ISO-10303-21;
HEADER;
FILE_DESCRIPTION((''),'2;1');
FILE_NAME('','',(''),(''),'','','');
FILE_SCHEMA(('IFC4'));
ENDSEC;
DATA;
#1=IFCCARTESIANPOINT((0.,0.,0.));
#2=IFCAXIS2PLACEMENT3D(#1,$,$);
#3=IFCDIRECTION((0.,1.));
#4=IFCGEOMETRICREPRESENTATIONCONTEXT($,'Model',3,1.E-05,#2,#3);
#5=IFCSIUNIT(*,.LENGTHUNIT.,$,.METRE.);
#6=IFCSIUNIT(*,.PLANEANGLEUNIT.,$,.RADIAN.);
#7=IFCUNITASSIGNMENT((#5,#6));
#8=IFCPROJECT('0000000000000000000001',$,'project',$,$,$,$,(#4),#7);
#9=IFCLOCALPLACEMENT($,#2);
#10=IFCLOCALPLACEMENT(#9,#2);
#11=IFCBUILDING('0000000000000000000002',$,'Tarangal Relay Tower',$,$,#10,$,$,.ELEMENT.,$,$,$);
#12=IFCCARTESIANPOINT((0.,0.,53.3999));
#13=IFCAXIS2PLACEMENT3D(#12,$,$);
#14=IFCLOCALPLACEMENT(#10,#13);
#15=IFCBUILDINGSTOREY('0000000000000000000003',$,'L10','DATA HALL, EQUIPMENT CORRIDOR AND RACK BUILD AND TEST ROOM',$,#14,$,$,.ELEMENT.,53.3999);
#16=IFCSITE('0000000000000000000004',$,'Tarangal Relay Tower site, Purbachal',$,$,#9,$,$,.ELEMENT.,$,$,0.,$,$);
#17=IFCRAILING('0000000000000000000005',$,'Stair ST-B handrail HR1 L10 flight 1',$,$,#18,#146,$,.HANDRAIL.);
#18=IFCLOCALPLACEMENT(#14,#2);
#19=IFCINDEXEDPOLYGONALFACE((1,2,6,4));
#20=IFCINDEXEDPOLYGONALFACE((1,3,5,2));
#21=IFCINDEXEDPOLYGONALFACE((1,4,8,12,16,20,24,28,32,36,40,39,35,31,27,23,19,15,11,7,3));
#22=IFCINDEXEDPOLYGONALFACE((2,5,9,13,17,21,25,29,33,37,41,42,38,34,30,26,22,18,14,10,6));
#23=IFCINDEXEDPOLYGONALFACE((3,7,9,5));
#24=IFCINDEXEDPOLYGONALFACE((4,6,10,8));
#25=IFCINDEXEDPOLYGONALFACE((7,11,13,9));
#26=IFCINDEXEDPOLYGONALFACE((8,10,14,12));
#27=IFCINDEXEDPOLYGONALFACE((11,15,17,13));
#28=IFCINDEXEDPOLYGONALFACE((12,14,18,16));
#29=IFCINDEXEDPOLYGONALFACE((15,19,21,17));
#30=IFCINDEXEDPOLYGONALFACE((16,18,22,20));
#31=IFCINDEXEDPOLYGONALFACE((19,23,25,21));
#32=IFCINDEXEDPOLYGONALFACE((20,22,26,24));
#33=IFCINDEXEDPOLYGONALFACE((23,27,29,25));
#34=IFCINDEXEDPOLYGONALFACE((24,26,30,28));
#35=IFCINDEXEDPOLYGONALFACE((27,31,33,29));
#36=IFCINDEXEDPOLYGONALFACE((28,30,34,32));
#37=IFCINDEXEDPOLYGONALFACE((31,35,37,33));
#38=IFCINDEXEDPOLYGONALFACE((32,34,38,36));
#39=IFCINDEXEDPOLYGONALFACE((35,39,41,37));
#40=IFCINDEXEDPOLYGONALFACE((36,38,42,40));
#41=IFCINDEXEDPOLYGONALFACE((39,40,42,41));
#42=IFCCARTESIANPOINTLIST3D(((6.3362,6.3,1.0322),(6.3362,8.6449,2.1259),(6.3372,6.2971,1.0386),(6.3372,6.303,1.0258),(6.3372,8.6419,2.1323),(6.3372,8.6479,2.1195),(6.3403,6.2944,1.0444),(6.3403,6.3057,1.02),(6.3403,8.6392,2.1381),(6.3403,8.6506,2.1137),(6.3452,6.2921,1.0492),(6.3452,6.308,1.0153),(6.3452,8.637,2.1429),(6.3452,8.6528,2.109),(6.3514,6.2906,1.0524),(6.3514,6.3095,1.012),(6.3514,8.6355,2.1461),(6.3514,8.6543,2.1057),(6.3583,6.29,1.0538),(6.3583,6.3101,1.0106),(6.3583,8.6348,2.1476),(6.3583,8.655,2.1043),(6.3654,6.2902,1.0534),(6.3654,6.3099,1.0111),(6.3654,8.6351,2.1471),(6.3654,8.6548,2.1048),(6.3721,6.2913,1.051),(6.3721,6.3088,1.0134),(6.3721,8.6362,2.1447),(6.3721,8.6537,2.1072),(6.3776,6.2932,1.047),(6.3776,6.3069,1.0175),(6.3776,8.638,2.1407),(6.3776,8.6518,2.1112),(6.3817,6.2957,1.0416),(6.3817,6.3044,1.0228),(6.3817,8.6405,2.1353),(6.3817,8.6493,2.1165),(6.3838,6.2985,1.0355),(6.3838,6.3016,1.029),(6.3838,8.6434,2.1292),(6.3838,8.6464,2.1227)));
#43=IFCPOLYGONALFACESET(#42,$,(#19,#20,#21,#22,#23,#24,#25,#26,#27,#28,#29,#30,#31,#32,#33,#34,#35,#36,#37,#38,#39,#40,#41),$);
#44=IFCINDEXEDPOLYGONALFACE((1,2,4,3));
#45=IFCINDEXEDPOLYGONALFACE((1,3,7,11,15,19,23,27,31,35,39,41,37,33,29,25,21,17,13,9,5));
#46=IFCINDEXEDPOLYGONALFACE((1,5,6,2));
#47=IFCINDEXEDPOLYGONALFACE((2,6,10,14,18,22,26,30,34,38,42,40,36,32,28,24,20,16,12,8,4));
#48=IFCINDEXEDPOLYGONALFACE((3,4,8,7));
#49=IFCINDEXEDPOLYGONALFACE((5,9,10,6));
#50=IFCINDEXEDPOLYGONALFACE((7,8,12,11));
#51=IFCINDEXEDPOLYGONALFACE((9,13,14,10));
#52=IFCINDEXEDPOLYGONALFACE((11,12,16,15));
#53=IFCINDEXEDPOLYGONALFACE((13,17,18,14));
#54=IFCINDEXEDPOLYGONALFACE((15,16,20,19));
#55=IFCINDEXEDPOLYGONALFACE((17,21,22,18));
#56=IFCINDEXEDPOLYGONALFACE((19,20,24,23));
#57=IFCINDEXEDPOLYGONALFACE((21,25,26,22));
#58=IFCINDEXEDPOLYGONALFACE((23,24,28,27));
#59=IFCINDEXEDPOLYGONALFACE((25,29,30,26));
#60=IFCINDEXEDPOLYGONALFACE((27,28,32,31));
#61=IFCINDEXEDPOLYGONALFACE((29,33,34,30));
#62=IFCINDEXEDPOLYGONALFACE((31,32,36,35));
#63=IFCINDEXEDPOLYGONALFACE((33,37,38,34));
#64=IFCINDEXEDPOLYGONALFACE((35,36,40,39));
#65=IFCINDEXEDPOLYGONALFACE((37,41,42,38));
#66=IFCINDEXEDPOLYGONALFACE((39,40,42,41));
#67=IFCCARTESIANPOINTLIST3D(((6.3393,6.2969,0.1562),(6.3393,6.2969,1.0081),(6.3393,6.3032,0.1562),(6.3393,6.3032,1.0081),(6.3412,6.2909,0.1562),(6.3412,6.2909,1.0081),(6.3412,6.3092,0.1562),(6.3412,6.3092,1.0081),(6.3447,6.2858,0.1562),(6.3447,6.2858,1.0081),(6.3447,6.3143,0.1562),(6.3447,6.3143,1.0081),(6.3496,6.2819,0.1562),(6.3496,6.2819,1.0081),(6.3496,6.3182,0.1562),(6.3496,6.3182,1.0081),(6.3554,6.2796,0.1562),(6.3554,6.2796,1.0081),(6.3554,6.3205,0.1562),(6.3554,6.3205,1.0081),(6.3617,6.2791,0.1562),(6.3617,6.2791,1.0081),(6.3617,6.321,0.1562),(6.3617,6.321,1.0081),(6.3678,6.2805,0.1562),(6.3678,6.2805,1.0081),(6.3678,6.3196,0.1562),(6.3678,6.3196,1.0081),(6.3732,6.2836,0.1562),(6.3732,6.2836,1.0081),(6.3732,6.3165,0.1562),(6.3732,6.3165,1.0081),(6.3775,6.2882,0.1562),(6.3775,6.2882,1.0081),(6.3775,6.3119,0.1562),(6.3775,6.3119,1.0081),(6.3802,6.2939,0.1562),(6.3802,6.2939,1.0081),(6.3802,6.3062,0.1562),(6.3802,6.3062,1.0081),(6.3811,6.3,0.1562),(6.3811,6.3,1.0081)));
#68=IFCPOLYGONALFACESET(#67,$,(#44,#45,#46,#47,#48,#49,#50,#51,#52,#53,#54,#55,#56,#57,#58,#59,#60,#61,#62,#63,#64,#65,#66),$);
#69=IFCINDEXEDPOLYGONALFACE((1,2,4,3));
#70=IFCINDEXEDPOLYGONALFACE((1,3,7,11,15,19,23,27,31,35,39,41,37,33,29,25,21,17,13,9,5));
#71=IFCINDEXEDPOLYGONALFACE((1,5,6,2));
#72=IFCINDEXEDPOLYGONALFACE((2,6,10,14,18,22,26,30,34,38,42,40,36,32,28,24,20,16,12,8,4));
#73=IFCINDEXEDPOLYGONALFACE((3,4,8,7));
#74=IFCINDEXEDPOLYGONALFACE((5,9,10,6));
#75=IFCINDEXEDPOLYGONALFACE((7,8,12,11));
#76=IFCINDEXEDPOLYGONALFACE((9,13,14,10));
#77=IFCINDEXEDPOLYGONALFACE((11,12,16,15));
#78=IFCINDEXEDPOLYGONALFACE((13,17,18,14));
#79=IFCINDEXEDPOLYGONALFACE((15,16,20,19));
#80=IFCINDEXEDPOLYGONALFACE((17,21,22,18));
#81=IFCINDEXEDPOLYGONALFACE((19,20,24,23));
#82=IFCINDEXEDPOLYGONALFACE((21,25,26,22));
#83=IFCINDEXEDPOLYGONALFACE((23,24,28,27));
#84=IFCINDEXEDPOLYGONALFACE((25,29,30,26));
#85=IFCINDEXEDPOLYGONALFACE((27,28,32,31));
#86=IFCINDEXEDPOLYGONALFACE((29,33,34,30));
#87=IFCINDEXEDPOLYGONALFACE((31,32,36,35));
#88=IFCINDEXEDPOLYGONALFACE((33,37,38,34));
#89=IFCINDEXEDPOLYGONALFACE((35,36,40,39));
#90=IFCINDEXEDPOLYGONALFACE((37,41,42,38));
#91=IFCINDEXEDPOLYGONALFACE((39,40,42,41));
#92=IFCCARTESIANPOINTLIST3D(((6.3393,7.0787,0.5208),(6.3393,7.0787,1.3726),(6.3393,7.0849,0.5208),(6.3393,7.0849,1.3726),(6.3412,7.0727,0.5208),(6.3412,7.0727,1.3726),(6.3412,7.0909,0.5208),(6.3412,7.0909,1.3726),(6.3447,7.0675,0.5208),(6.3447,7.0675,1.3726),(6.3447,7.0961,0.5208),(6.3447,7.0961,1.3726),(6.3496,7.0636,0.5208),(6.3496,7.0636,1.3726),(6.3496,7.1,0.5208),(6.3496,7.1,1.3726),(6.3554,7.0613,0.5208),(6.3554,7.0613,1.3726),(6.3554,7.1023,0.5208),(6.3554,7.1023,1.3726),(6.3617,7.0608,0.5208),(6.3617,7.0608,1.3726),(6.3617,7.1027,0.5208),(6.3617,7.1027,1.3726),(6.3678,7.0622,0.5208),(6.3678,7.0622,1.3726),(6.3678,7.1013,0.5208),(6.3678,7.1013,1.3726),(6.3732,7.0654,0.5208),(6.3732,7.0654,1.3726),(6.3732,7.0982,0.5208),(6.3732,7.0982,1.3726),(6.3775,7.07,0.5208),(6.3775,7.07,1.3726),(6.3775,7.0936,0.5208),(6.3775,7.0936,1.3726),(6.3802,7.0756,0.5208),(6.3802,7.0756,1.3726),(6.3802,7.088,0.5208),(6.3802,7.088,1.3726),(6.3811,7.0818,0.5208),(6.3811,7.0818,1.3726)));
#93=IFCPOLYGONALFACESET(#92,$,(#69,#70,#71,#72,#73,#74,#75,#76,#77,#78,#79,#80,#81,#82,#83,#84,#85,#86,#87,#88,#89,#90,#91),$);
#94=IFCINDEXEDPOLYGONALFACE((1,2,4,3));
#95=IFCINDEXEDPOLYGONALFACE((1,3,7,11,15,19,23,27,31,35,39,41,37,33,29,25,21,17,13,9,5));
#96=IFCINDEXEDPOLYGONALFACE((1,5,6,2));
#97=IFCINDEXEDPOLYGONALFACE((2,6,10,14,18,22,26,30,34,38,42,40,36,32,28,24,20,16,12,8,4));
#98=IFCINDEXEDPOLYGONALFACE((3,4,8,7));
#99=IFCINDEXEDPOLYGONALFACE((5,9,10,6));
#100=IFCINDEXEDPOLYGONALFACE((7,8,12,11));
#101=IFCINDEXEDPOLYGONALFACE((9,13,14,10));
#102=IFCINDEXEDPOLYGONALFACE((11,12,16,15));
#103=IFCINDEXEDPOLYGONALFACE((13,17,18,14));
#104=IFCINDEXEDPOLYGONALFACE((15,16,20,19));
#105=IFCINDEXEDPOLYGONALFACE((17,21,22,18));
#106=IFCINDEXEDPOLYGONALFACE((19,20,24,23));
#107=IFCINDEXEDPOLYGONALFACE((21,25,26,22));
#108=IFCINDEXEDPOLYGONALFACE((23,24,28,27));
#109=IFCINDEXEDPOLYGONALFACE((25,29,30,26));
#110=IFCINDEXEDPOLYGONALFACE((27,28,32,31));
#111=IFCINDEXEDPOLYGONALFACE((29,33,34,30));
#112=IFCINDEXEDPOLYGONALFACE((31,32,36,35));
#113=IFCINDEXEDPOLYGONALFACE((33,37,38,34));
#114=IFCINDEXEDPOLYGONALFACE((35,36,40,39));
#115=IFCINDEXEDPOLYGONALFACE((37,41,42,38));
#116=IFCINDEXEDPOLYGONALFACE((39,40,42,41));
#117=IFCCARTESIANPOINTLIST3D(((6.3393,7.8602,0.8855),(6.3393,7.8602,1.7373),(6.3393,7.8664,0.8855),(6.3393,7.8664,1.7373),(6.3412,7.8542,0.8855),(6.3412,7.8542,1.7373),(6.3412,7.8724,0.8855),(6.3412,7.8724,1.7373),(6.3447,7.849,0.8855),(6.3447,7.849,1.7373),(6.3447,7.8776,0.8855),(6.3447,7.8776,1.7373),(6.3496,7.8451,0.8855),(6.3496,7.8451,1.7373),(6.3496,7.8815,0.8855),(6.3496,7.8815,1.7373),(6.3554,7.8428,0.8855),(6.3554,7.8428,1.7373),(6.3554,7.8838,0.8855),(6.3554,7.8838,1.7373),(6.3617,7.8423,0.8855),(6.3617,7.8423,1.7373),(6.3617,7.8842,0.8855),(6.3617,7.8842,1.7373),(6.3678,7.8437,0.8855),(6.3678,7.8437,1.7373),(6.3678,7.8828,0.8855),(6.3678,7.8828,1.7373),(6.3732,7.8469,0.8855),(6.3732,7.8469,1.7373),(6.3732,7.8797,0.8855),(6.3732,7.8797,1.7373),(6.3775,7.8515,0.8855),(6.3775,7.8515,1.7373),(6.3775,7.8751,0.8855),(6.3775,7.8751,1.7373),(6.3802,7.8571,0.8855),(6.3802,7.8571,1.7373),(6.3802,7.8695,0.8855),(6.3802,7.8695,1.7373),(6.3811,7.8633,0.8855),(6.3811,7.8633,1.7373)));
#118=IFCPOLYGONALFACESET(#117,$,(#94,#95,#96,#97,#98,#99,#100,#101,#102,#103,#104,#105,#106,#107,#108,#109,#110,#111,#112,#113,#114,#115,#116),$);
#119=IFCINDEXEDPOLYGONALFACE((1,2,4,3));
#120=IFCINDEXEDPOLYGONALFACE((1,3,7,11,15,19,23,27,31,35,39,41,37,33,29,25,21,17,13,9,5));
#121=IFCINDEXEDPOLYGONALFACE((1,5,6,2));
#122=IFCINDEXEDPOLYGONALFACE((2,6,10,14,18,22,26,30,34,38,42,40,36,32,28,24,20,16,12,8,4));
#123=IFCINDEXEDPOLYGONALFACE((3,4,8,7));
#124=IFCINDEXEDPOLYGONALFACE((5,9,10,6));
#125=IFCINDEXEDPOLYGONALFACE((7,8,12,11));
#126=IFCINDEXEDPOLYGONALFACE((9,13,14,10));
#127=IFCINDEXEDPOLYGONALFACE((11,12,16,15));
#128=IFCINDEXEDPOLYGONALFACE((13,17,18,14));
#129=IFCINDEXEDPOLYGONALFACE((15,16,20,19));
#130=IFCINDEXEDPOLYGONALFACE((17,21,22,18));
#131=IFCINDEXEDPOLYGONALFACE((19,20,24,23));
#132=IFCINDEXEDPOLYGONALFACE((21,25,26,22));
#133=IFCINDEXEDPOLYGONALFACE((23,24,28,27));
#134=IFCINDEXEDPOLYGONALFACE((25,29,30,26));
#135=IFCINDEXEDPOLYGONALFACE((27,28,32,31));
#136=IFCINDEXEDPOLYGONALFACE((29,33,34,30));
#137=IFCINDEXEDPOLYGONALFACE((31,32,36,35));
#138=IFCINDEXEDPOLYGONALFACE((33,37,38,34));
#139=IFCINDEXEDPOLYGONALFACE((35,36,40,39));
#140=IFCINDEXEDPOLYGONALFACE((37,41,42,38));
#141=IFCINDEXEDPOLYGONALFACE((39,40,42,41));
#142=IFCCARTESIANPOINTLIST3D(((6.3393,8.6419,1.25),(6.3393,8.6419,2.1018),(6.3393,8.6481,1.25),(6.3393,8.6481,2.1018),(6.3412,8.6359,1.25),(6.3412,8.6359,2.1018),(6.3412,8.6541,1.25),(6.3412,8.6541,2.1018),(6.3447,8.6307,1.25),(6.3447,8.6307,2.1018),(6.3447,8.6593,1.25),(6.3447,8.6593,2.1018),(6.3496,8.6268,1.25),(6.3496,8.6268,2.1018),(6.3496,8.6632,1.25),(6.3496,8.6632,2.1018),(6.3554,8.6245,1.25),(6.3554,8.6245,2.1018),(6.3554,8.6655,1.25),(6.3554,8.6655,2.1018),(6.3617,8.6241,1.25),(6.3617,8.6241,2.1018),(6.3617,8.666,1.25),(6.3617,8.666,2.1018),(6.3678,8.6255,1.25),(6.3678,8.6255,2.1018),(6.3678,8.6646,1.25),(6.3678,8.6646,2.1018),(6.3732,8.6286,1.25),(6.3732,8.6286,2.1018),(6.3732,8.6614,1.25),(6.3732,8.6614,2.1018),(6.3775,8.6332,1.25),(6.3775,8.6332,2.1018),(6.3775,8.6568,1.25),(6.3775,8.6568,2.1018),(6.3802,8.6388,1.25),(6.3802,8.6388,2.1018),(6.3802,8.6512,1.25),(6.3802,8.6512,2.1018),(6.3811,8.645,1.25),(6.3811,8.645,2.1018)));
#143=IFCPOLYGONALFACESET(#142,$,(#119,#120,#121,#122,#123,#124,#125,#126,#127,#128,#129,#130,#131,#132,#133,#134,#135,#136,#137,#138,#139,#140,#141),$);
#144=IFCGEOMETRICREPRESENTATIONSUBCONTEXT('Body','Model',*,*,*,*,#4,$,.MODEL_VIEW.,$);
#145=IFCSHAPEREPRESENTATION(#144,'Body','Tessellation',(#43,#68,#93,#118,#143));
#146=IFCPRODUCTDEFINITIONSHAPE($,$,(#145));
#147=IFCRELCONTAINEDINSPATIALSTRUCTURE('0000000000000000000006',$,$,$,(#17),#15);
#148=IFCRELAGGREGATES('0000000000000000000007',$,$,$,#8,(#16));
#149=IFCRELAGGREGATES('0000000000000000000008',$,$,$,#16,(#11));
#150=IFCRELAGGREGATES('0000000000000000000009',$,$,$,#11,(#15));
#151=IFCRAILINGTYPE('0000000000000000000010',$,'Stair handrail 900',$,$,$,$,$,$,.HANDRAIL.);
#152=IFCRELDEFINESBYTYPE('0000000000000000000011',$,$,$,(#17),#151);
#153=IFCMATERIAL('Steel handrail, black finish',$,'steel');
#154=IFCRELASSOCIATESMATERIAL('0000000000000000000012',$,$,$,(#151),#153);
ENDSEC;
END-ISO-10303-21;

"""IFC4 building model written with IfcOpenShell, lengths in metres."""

from ifc_helpers import new_model, si_unit, direction, frame, origin, origin_2d, place, context, subcontext, project, spatial, circle, extrude, material, type_object, element, save


model = new_model("IFC4")

# Units and contexts
model_context = context("Model", 3, precision=1e-05, world=origin(), true_north=direction((0.0, 1.0)))
body_context = subcontext(model_context, "Body", "Model", "MODEL_VIEW")
ifc_project = project(units=[si_unit("LENGTHUNIT", "METRE"), si_unit("PLANEANGLEUNIT", "RADIAN")], contexts=[model_context])

# Site, building, storey
site_placement = place(None, origin())
site = spatial("IfcSite", under=ifc_project, at=site_placement, Name="Tarangal Relay Tower site, Purbachal", CompositionType="ELEMENT", RefElevation=0.0)
building_placement = place(site_placement, origin())
building = spatial("IfcBuilding", under=site, at=building_placement, Name="Tarangal Relay Tower", CompositionType="ELEMENT")
storey_placement = place(building_placement, frame((0.0, 0.0, 53.3999)))
storey = spatial("IfcBuildingStorey", under=building, at=storey_placement, Name="L10", Description="DATA HALL, EQUIPMENT CORRIDOR AND RACK BUILD AND TEST ROOM", CompositionType="ELEMENT", Elevation=53.3999)

# Railing
ifc_material_1 = material(Name="Steel handrail, black finish", Category="steel")
railing_type_1 = type_object("IfcRailingType", Name="Stair handrail 900", PredefinedType="HANDRAIL", material=ifc_material_1)
for number, where, name in (
    (1, (6.3601, 6.3, 0.1562), "Stair ST-B handrail HR1 L10 flight 1"),
):
    element("IfcRailing", number, at=place(storey_placement, frame(where)), inside=storey, type_object=railing_type_1, Name=name, PredefinedType="HANDRAIL", context=body_context, shape_type="SweptSolid", body=[
        extrude(circle(Radius=0.0239, at=origin_2d()), frame((0.0, 0.0, 0.876), z_axis=(0.0, 0.906267, 0.422705), x_axis=(-1.0, 0.0, 0.0)), (0.0, 0.0, 1.0), 2.5874),
        extrude(circle(Radius=0.021, at=origin_2d()), origin(), (0.0, 0.0, 1.0), 0.8518),
        extrude(circle(Radius=0.021, at=origin_2d()), frame((0.0, 0.7817, 0.3645)), (0.0, 0.0, 1.0), 0.8518),
        extrude(circle(Radius=0.021, at=origin_2d()), frame((0.0, 1.5632, 0.7292)), (0.0, 0.0, 1.0), 0.8518),
        extrude(circle(Radius=0.021, at=origin_2d()), frame((0.0, 2.345, 1.0938)), (0.0, 0.0, 1.0), 0.8518),
    ])

save(model, "model.ifc")
